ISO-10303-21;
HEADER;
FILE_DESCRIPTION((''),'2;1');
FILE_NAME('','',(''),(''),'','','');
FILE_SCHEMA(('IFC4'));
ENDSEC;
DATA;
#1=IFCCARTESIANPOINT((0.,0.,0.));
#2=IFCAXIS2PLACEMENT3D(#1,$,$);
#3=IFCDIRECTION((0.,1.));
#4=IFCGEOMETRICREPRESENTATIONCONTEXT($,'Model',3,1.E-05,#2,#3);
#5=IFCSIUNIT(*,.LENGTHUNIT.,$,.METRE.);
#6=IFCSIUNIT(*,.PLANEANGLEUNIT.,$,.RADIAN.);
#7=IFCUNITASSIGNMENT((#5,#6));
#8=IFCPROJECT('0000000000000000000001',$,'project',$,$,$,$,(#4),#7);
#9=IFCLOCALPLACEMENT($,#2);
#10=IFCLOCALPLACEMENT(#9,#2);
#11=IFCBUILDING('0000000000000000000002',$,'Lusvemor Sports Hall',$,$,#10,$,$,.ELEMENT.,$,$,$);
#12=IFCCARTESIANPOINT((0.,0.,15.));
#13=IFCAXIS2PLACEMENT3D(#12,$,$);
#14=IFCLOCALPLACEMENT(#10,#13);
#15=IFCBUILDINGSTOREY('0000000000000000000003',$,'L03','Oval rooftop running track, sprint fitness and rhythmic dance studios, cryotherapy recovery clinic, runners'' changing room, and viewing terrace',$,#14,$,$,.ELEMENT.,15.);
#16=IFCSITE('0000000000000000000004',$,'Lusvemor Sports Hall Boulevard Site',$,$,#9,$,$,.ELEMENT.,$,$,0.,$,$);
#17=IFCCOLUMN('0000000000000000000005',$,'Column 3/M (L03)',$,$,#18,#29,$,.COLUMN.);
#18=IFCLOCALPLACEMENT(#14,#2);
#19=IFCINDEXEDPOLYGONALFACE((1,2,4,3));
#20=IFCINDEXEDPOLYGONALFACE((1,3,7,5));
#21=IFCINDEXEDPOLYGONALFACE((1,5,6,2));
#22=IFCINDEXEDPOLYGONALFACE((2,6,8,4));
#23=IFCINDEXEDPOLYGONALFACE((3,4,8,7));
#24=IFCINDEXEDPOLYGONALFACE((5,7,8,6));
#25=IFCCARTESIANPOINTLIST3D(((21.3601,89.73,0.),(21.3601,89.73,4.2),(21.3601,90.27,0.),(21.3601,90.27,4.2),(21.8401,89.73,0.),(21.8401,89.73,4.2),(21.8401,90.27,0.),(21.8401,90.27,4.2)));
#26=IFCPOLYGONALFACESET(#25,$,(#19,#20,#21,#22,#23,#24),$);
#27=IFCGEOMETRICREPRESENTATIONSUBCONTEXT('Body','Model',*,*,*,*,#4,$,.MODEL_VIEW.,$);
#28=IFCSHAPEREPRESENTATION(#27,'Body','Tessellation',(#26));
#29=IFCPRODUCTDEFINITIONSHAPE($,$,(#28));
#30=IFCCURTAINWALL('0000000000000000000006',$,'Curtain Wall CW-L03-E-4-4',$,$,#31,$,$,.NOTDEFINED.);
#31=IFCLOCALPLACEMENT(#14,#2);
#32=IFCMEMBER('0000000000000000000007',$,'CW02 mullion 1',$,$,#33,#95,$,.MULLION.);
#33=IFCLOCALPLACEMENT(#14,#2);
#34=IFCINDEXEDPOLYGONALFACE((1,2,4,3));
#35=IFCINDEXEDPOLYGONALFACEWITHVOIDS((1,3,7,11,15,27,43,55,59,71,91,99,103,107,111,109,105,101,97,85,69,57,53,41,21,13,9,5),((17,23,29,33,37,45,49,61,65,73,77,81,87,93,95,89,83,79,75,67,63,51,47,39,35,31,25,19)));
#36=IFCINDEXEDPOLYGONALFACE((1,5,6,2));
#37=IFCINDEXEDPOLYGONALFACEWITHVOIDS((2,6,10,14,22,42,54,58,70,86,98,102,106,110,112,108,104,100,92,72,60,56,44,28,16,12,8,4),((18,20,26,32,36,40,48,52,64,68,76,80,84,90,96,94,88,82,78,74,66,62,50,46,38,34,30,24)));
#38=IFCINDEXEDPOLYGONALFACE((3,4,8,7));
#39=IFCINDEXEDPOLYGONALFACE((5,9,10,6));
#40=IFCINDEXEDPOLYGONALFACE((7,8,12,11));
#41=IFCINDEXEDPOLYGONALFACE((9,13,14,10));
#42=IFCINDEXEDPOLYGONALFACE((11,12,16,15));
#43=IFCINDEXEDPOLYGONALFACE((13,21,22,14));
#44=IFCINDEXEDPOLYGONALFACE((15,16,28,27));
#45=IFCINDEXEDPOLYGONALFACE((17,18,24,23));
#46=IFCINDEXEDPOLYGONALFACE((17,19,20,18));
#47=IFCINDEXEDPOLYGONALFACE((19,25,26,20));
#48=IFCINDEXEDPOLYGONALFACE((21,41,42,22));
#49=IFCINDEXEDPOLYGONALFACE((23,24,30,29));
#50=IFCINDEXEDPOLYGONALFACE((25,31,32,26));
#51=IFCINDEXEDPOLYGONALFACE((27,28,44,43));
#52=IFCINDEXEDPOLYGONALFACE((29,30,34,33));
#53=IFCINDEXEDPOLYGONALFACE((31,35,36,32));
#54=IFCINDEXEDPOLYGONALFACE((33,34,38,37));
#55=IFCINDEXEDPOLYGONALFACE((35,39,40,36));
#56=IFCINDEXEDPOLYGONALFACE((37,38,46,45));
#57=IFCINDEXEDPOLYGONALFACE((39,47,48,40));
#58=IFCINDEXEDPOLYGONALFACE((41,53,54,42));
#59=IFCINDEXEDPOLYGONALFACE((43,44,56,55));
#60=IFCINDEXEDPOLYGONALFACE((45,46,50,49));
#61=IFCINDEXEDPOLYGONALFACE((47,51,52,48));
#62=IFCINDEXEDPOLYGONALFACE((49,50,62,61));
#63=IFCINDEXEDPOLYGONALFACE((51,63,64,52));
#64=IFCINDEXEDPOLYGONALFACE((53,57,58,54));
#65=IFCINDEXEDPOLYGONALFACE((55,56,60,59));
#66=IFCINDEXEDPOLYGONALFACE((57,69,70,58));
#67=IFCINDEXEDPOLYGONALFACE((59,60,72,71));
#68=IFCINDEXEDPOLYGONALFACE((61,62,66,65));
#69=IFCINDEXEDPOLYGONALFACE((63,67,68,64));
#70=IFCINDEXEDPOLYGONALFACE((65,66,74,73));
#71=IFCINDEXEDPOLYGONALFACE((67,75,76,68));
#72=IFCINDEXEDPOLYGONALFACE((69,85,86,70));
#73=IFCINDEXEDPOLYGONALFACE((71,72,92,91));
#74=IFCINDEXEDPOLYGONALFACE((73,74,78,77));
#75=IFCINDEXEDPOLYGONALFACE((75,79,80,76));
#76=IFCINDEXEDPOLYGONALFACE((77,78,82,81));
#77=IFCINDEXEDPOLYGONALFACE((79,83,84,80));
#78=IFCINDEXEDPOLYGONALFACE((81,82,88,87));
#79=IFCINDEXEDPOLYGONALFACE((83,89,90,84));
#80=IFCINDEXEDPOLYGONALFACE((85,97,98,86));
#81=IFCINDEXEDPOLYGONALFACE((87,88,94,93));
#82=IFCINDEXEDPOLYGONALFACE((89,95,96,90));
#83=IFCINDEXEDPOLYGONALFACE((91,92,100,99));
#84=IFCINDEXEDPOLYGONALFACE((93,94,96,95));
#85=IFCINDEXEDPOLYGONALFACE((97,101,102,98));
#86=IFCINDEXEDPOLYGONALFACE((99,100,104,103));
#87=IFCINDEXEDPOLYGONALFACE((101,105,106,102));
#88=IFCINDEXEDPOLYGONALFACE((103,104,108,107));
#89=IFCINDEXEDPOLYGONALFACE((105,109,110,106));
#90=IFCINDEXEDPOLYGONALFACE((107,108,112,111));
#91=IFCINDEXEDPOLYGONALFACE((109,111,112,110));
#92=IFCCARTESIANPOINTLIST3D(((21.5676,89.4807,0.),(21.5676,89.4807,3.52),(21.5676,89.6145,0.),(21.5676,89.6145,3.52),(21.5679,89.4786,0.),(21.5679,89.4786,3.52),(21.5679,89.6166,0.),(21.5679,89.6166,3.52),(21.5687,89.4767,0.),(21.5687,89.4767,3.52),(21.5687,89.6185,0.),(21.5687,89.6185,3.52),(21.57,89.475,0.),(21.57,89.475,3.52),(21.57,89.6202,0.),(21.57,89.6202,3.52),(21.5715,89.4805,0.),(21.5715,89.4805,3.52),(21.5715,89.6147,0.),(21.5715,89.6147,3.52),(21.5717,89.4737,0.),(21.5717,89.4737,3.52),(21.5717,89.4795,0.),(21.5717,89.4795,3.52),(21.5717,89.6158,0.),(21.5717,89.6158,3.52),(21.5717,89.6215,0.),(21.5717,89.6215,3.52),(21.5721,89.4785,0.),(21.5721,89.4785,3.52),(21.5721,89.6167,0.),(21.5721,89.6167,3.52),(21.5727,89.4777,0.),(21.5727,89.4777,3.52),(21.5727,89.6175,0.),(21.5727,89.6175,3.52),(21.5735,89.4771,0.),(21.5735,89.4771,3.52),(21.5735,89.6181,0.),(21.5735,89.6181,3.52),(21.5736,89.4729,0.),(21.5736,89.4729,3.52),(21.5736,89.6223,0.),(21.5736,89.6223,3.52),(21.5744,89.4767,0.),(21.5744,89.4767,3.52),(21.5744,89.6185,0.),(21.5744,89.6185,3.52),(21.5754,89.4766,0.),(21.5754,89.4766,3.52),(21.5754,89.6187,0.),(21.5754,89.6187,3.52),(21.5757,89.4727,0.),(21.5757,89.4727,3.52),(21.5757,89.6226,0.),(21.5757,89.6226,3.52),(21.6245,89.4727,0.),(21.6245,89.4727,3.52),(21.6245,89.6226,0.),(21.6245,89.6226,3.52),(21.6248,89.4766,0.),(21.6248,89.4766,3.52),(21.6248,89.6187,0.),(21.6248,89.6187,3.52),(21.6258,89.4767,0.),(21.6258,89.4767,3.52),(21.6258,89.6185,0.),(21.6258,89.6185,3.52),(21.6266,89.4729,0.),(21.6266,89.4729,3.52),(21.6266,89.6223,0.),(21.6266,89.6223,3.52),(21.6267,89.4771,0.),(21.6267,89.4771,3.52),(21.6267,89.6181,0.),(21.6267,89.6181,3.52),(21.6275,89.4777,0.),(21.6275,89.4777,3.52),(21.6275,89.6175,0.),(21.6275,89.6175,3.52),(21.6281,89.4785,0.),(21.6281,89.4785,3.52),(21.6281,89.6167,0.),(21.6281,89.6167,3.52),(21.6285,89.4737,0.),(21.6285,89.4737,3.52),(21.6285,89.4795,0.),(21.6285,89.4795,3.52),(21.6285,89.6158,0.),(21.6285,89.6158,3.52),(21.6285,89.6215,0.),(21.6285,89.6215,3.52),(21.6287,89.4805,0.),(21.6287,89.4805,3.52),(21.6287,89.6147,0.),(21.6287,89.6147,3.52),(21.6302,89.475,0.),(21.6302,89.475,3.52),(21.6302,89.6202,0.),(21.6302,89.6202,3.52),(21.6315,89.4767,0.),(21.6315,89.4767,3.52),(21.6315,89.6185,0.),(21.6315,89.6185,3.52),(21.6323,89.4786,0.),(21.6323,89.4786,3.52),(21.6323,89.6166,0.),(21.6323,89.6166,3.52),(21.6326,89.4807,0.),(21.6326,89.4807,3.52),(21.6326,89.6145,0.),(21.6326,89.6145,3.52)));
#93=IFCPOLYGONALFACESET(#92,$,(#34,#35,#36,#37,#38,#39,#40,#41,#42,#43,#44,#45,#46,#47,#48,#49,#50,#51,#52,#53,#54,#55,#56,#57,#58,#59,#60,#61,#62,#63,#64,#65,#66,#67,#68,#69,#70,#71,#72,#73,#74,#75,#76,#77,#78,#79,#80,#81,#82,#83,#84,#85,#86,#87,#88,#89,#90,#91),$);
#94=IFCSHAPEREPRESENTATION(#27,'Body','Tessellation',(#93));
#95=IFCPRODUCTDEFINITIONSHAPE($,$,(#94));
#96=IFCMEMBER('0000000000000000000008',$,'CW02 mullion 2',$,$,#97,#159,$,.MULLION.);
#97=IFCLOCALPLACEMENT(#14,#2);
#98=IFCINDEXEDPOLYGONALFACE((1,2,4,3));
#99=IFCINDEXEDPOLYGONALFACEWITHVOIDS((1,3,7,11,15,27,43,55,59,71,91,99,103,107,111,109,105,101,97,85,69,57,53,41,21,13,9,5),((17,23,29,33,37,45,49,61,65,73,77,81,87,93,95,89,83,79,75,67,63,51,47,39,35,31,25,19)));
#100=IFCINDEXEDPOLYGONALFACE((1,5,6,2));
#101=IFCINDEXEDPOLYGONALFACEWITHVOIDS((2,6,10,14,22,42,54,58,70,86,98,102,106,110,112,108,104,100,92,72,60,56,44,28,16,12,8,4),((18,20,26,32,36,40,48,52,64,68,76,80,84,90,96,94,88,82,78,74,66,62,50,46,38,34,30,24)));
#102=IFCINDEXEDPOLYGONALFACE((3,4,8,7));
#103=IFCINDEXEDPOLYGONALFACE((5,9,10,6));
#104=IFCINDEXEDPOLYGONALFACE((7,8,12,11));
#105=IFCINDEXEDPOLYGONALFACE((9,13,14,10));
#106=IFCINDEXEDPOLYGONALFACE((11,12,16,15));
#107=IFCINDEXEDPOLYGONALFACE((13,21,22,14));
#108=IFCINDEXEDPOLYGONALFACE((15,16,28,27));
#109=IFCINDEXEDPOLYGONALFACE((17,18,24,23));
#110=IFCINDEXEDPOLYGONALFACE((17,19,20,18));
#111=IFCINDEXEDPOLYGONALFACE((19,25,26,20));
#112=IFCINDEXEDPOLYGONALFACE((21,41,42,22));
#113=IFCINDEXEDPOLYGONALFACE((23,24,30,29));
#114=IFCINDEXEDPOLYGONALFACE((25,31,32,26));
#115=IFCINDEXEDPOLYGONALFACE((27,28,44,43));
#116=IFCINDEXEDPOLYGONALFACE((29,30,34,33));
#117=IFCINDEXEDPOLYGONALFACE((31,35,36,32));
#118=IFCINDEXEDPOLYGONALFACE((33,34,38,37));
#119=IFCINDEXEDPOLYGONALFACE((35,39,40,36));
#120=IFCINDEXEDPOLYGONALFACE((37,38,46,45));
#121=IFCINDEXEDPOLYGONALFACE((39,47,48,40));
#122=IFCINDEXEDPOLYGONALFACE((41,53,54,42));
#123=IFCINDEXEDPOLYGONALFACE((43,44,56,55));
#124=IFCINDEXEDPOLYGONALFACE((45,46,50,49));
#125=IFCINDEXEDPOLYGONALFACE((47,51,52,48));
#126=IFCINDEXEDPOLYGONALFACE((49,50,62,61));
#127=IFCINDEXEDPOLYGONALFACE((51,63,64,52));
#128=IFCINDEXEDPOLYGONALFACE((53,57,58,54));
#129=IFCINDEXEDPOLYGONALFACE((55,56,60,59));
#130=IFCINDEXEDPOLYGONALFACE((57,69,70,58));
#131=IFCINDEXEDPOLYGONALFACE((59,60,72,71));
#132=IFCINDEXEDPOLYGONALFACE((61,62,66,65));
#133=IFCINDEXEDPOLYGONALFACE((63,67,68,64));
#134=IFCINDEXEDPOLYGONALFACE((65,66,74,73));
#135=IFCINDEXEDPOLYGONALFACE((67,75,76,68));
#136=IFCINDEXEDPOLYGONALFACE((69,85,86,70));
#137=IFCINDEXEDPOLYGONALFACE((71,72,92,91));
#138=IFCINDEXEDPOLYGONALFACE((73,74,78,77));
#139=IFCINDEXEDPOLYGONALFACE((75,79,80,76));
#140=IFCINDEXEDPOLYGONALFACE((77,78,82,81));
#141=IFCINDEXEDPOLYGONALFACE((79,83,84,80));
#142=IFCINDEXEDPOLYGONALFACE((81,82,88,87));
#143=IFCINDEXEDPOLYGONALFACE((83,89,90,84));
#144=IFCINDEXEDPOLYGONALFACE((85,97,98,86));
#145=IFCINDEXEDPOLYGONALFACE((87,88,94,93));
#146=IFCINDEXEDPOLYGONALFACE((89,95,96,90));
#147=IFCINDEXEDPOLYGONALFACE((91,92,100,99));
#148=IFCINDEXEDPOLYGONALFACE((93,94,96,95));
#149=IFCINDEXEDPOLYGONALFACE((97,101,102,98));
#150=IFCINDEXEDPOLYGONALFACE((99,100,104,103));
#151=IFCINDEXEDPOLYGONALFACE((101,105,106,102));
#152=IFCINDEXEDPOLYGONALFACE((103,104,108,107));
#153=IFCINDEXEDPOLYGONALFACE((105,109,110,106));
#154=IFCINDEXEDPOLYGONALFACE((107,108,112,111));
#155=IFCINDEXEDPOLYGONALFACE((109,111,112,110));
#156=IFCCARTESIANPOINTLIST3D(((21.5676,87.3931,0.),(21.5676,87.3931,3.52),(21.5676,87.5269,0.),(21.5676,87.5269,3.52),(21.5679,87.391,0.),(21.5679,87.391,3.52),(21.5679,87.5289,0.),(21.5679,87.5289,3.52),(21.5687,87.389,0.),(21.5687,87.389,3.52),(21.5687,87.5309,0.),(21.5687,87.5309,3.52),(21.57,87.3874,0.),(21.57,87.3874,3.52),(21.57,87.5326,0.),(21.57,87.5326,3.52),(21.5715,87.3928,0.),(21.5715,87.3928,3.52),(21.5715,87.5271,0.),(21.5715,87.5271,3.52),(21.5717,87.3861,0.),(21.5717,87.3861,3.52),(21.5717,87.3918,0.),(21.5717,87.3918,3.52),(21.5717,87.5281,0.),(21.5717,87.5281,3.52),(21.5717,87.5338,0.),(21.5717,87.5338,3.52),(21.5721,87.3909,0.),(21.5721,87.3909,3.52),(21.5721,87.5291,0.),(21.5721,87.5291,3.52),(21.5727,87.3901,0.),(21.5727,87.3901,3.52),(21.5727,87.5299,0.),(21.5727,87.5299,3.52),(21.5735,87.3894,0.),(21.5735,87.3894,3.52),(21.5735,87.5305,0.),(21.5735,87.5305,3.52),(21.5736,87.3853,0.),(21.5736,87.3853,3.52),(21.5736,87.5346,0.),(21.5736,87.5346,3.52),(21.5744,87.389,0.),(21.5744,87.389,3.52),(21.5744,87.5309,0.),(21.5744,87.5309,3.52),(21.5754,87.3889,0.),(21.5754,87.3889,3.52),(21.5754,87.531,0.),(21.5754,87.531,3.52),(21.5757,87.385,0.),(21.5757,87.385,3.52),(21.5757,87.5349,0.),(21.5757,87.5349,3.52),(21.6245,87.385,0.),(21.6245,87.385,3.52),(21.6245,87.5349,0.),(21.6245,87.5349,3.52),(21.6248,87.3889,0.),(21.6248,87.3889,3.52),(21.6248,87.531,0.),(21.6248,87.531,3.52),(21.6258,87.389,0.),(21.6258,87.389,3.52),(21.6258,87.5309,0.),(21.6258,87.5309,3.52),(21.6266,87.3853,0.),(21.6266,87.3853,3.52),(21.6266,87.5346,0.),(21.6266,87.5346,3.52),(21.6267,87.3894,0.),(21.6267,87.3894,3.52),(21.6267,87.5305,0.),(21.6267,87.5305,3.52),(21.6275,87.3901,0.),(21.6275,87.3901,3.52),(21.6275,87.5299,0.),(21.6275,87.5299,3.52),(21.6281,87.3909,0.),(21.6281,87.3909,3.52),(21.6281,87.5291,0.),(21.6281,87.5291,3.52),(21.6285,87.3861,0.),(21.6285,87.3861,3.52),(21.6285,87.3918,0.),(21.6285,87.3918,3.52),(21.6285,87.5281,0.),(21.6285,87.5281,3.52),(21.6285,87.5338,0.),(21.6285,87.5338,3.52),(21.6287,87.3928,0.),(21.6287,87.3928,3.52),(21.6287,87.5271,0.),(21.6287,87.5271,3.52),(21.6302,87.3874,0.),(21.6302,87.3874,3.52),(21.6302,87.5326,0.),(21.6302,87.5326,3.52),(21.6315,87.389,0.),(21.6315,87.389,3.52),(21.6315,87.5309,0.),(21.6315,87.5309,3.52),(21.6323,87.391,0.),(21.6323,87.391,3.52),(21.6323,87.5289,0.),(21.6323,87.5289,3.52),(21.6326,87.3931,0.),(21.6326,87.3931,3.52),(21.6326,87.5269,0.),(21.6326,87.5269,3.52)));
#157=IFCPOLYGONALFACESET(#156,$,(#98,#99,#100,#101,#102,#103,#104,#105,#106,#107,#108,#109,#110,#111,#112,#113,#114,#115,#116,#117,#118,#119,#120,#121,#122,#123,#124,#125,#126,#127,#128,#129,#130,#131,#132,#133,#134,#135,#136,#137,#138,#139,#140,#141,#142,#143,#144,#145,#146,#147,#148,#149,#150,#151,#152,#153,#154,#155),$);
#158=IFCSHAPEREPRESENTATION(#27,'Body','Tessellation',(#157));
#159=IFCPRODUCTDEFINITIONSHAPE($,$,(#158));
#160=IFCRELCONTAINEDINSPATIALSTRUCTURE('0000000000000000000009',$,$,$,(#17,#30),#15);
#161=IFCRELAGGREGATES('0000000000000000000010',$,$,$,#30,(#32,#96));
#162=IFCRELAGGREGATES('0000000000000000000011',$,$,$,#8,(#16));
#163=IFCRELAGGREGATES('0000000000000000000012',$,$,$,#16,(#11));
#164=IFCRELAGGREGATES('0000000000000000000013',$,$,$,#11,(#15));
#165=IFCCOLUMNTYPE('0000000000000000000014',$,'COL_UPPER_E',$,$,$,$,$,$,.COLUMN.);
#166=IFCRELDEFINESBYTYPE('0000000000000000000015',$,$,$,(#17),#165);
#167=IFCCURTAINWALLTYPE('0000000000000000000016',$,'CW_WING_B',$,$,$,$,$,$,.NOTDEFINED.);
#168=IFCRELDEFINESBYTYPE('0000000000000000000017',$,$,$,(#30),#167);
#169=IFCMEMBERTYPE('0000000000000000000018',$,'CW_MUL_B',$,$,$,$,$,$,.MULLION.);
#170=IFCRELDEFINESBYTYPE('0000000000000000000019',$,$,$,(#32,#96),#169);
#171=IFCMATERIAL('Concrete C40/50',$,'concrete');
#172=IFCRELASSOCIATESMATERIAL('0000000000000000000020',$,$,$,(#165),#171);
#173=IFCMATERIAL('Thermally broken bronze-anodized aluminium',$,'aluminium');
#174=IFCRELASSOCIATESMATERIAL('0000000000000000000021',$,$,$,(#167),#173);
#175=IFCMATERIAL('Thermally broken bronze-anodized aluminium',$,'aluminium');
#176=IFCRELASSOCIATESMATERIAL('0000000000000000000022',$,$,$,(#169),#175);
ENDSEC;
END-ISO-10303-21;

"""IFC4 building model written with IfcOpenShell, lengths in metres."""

from ifc_helpers import new_model, si_unit, direction, frame, origin, origin_2d, place, context, subcontext, project, spatial, rectangle, hollow_rectangle, extrude, material, material_profile, profile_set, type_object, element, aggregate, save


model = new_model("IFC4")

# Units and contexts
model_context = context("Model", 3, precision=1e-05, world=origin(), true_north=direction((0.0, 1.0)))
body_context = subcontext(model_context, "Body", "Model", "MODEL_VIEW")
ifc_project = project(units=[si_unit("LENGTHUNIT", "METRE"), si_unit("PLANEANGLEUNIT", "RADIAN")], contexts=[model_context])

# Site, building, storey
site_placement = place(None, origin())
site = spatial("IfcSite", under=ifc_project, at=site_placement, Name="Lusvemor Sports Hall Boulevard Site", CompositionType="ELEMENT", RefElevation=0.0)
building_placement = place(site_placement, origin())
building = spatial("IfcBuilding", under=site, at=building_placement, Name="Lusvemor Sports Hall", CompositionType="ELEMENT")
storey_placement = place(building_placement, frame((0.0, 0.0, 15.0)))
storey = spatial("IfcBuildingStorey", under=building, at=storey_placement, Name="L03", Description="Oval rooftop running track, sprint fitness and rhythmic dance studios, cryotherapy recovery clinic, runners' changing room, and viewing terrace", CompositionType="ELEMENT", Elevation=15.0)

# Column
ifc_material_1 = material(Name="Concrete C40/50", Category="concrete")
ifc_material_profile_1 = material_profile(ifc_material_1, rectangle(XDim=0.48, YDim=0.54, at=origin_2d()), Name="RC480x540")
ifc_profile_set_1 = profile_set([ifc_material_profile_1], Name="Concrete C40/50")
column_type = type_object("IfcColumnType", Name="COL_UPPER_E", PredefinedType="COLUMN", material=ifc_profile_set_1)
column_placement = place(storey_placement, frame((21.6001, 90.0, 0.0), z_axis=(0.0, 0.0, 1.0), x_axis=(1.0, 0.0, 0.0)))
element("IfcColumn", 1, at=column_placement, inside=storey, type_object=column_type, Name="Column 3/M (L03)", PredefinedType="COLUMN", context=body_context, shape_type="SweptSolid", body=[
    extrude(rectangle(XDim=0.48, YDim=0.54, at=origin_2d()), origin(), (0.0, 0.0, 1.0), 4.2),
])

# Curtain wall, members
ifc_material_2 = material(Name="Thermally broken bronze-anodized aluminium", Category="aluminium")
curtain_wall_type = type_object("IfcCurtainWallType", Name="CW_WING_B", PredefinedType="NOTDEFINED", material=ifc_material_2)
curtain_wall_placement = place(storey_placement, origin())
curtain_wall = element("IfcCurtainWall", 2, at=curtain_wall_placement, inside=storey, type_object=curtain_wall_type, Name="Curtain Wall CW-L03-E-4-4", PredefinedType="NOTDEFINED")
ifc_material_3 = material(Name="Thermally broken bronze-anodized aluminium", Category="aluminium")
ifc_material_profile_2 = material_profile(ifc_material_3, hollow_rectangle(XDim=0.0649, YDim=0.1499, WallThickness=0.0039, InnerFilletRadius=0.0039, OuterFilletRadius=0.0081, at=origin_2d()), Name="CWMUL150x65x4")
ifc_profile_set_2 = profile_set([ifc_material_profile_2], Name="Thermally broken bronze-anodized aluminium")
member_type_1 = type_object("IfcMemberType", Name="CW_MUL_B", PredefinedType="MULLION", material=ifc_profile_set_2)
member_1_placement = place(storey_placement, frame((21.6001, 89.5476, 0.0), z_axis=(0.0, 0.0, 1.0), x_axis=(1.0, 0.0, 0.0)))
member_1 = element("IfcMember", 3, at=member_1_placement, type_object=member_type_1, Name="CW02 mullion 1", PredefinedType="MULLION", context=body_context, shape_type="SweptSolid", body=[
    extrude(hollow_rectangle(XDim=0.0649, YDim=0.1499, WallThickness=0.0039, InnerFilletRadius=0.0039, OuterFilletRadius=0.0081, at=origin_2d()), origin(), (0.0, 0.0, 1.0), 3.52),
])
member_2_placement = place(storey_placement, frame((21.6001, 87.46, 0.0), z_axis=(0.0, 0.0, 1.0), x_axis=(1.0, 0.0, 0.0)))
member_2 = element("IfcMember", 4, at=member_2_placement, type_object=member_type_1, Name="CW02 mullion 2", PredefinedType="MULLION", context=body_context, shape_type="SweptSolid", body=[
    extrude(hollow_rectangle(XDim=0.0649, YDim=0.1499, WallThickness=0.0039, InnerFilletRadius=0.0039, OuterFilletRadius=0.0081, at=origin_2d()), origin(), (0.0, 0.0, 1.0), 3.52),
])

aggregate(curtain_wall, [member_1, member_2])

save(model, "model.ifc")
